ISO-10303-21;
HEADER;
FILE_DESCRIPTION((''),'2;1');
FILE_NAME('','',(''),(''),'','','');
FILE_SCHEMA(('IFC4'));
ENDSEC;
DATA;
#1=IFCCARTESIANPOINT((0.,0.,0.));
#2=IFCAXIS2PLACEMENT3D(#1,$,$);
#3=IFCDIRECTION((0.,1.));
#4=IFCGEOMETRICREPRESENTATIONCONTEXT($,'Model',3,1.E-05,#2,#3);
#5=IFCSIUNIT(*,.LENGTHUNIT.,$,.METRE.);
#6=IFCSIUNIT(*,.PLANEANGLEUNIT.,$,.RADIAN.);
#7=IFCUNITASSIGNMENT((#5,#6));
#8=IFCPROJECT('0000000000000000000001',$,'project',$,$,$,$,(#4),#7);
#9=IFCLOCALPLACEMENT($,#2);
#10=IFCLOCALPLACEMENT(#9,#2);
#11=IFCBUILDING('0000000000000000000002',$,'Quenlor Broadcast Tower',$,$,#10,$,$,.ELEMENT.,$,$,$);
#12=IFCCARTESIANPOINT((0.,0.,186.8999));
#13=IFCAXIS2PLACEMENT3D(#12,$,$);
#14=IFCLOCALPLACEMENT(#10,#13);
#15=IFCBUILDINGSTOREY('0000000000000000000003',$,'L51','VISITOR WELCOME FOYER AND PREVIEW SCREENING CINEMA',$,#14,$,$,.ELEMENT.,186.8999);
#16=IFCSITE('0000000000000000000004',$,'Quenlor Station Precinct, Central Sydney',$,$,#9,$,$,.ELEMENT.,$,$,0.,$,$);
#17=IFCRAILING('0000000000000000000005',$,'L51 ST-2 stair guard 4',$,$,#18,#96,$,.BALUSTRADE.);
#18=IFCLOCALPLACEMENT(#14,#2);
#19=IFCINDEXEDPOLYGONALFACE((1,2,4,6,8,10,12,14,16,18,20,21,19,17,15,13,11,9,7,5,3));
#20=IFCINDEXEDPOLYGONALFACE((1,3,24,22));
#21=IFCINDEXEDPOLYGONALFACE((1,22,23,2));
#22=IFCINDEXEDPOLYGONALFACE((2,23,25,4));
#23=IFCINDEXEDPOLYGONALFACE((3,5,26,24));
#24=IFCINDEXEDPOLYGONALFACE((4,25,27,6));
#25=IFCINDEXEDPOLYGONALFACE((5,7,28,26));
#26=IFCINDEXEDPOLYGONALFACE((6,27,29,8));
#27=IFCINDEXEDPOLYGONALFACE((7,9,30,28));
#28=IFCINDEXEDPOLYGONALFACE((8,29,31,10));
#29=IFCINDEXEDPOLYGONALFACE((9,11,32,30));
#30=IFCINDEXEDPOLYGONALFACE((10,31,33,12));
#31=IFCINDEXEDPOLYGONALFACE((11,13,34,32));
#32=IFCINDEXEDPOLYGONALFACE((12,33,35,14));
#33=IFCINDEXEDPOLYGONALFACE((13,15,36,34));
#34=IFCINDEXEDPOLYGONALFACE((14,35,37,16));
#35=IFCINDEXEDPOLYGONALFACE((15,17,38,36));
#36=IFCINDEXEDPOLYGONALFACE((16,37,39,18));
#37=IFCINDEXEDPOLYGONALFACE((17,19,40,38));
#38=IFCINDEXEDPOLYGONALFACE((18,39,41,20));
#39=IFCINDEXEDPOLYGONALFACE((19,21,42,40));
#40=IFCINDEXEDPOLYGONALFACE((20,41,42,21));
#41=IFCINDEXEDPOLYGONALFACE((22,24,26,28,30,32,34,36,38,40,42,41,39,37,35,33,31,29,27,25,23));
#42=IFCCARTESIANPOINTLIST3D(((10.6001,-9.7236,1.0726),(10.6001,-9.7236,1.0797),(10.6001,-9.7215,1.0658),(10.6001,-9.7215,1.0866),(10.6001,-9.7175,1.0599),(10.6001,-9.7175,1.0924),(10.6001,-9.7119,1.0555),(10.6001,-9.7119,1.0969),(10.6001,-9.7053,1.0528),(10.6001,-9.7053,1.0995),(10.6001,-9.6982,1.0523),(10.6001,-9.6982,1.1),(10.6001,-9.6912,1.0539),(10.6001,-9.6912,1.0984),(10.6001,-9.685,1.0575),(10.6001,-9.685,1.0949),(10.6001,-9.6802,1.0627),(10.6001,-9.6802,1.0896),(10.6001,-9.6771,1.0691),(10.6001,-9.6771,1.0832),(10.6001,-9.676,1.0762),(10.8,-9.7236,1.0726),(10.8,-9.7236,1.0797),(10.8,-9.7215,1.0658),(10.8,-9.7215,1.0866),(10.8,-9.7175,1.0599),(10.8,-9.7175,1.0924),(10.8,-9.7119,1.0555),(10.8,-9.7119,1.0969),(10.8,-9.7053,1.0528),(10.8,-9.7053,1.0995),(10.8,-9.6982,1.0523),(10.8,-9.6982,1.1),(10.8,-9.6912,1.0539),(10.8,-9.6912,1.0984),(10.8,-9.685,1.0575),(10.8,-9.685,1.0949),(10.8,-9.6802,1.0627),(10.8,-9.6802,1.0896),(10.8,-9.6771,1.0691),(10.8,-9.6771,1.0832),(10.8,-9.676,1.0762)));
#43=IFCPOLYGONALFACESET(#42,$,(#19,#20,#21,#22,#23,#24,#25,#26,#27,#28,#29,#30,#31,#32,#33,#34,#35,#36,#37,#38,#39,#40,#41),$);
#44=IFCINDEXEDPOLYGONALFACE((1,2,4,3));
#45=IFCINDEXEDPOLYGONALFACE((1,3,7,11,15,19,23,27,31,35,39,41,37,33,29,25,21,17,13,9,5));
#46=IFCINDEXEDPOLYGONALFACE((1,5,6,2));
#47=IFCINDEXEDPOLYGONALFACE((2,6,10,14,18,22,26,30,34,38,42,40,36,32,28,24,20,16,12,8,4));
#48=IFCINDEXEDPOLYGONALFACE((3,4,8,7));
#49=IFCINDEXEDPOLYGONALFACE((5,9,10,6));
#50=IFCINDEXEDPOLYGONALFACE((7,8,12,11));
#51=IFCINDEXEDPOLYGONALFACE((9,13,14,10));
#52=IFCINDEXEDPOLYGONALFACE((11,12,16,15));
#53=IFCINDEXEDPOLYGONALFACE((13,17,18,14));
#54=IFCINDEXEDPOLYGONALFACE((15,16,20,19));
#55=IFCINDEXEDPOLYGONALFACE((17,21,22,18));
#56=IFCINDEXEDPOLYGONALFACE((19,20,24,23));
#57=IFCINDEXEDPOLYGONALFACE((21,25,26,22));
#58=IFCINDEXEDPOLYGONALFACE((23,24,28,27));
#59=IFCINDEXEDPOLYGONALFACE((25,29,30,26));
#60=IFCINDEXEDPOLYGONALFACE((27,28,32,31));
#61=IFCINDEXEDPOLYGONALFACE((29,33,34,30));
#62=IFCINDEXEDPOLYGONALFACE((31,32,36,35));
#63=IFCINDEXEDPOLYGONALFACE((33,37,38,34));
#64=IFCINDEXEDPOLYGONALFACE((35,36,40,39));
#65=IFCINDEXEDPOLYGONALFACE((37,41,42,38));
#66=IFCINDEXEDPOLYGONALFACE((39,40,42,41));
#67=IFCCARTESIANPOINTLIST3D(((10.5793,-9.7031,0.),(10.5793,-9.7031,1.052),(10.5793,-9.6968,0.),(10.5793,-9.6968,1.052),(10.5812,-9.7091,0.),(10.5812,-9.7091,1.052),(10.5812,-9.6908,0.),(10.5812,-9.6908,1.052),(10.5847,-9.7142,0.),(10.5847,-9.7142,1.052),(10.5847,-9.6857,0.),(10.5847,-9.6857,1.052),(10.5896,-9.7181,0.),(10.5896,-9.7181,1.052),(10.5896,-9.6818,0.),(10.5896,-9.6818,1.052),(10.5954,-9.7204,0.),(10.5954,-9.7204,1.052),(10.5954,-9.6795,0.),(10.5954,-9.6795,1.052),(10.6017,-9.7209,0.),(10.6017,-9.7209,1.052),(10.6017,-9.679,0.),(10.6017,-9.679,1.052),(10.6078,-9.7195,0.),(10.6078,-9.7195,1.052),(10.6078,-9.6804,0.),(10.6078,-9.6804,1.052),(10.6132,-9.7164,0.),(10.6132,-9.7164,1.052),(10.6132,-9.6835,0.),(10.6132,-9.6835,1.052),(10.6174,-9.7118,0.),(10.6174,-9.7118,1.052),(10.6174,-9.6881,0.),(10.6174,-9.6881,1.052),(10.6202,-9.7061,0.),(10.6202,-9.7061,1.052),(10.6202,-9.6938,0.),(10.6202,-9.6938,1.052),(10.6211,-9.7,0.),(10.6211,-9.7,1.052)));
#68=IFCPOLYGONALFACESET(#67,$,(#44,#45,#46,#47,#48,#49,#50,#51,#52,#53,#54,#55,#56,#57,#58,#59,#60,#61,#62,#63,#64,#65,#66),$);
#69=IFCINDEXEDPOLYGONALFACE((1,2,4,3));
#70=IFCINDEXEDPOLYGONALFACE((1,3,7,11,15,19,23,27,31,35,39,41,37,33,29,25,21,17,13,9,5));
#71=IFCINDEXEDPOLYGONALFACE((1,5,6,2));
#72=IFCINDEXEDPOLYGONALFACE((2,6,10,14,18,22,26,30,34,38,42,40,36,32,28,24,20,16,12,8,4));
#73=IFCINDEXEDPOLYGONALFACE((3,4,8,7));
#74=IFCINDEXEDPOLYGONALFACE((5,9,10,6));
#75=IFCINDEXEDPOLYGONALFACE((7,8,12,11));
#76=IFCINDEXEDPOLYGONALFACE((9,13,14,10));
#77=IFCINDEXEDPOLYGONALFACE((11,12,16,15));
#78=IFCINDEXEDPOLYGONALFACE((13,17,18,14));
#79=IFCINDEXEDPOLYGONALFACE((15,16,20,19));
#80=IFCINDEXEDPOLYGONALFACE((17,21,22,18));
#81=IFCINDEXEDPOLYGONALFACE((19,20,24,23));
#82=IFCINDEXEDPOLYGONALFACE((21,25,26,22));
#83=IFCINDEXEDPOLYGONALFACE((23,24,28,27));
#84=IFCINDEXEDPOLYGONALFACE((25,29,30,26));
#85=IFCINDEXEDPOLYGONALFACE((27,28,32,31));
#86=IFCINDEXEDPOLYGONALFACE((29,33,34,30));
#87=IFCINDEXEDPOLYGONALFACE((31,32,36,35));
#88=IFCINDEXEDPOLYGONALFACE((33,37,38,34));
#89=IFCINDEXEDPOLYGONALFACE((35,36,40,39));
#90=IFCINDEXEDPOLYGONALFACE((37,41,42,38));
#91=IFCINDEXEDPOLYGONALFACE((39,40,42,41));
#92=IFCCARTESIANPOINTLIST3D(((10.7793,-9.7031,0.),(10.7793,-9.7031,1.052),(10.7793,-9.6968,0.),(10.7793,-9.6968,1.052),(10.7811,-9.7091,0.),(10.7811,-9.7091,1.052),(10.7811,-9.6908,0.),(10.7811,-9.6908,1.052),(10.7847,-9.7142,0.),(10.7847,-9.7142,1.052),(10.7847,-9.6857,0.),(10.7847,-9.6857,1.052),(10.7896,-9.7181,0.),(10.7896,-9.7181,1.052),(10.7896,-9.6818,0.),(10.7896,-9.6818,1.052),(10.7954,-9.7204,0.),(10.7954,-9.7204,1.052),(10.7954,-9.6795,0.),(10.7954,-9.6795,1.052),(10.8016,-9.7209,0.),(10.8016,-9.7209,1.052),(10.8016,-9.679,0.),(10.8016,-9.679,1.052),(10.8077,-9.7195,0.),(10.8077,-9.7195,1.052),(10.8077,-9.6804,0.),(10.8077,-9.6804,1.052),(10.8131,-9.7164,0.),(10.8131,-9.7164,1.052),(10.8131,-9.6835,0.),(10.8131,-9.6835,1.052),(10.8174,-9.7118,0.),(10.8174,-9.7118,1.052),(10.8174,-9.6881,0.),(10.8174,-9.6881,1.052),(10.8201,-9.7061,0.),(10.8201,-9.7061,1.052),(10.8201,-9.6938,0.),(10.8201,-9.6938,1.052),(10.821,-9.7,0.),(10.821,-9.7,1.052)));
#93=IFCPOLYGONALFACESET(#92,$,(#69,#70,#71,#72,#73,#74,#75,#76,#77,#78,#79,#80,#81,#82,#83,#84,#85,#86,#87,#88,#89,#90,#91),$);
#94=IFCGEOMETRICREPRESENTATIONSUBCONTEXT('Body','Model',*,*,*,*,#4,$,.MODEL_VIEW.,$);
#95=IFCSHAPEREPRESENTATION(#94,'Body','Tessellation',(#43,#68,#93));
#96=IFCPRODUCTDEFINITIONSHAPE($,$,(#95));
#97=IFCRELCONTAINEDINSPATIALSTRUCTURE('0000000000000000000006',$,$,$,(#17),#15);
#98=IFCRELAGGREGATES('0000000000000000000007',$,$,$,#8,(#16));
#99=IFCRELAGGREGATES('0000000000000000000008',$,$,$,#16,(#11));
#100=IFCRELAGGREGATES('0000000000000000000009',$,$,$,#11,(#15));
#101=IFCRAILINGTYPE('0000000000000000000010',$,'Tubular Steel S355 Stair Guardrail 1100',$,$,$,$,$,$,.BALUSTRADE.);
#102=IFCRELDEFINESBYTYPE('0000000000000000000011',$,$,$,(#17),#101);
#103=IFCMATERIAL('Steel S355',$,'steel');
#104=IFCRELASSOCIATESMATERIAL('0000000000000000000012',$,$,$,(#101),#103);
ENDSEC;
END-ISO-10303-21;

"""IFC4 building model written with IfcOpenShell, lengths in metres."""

from ifc_helpers import new_model, si_unit, direction, frame, origin, origin_2d, place, context, subcontext, project, spatial, circle, extrude, material, type_object, element, save


model = new_model("IFC4")

# Units and contexts
model_context = context("Model", 3, precision=1e-05, world=origin(), true_north=direction((0.0, 1.0)))
body_context = subcontext(model_context, "Body", "Model", "MODEL_VIEW")
ifc_project = project(units=[si_unit("LENGTHUNIT", "METRE"), si_unit("PLANEANGLEUNIT", "RADIAN")], contexts=[model_context])

# Site, building, storey
site_placement = place(None, origin())
site = spatial("IfcSite", under=ifc_project, at=site_placement, Name="Quenlor Station Precinct, Central Sydney", CompositionType="ELEMENT", RefElevation=0.0)
building_placement = place(site_placement, origin())
building = spatial("IfcBuilding", under=site, at=building_placement, Name="Quenlor Broadcast Tower", CompositionType="ELEMENT")
storey_placement = place(building_placement, frame((0.0, 0.0, 186.8999)))
storey = spatial("IfcBuildingStorey", under=building, at=storey_placement, Name="L51", Description="VISITOR WELCOME FOYER AND PREVIEW SCREENING CINEMA", CompositionType="ELEMENT", Elevation=186.8999)

# Railing
ifc_material_1 = material(Name="Steel S355", Category="steel")
railing_type_1 = type_object("IfcRailingType", Name="Tubular Steel S355 Stair Guardrail 1100", PredefinedType="BALUSTRADE", material=ifc_material_1)
railing_1_placement = place(storey_placement, frame((10.6001, -9.7, 0.0)))
element("IfcRailing", 1, at=railing_1_placement, inside=storey, type_object=railing_type_1, Name="L51 ST-2 stair guard 4", PredefinedType="BALUSTRADE", context=body_context, shape_type="SweptSolid", body=[
    extrude(circle(Radius=0.0239, at=origin_2d()), frame((0.0, 0.0, 1.0762), z_axis=(1.0, 0.0, 0.0), x_axis=(0.0, 1.0, 0.0)), (0.0, 0.0, 1.0), 0.2),
    extrude(circle(Radius=0.021, at=origin_2d()), origin(), (0.0, 0.0, 1.0), 1.052),
    extrude(circle(Radius=0.021, at=origin_2d()), frame((0.2, 0.0, 0.0)), (0.0, 0.0, 1.0), 1.052),
])

save(model, "model.ifc")
